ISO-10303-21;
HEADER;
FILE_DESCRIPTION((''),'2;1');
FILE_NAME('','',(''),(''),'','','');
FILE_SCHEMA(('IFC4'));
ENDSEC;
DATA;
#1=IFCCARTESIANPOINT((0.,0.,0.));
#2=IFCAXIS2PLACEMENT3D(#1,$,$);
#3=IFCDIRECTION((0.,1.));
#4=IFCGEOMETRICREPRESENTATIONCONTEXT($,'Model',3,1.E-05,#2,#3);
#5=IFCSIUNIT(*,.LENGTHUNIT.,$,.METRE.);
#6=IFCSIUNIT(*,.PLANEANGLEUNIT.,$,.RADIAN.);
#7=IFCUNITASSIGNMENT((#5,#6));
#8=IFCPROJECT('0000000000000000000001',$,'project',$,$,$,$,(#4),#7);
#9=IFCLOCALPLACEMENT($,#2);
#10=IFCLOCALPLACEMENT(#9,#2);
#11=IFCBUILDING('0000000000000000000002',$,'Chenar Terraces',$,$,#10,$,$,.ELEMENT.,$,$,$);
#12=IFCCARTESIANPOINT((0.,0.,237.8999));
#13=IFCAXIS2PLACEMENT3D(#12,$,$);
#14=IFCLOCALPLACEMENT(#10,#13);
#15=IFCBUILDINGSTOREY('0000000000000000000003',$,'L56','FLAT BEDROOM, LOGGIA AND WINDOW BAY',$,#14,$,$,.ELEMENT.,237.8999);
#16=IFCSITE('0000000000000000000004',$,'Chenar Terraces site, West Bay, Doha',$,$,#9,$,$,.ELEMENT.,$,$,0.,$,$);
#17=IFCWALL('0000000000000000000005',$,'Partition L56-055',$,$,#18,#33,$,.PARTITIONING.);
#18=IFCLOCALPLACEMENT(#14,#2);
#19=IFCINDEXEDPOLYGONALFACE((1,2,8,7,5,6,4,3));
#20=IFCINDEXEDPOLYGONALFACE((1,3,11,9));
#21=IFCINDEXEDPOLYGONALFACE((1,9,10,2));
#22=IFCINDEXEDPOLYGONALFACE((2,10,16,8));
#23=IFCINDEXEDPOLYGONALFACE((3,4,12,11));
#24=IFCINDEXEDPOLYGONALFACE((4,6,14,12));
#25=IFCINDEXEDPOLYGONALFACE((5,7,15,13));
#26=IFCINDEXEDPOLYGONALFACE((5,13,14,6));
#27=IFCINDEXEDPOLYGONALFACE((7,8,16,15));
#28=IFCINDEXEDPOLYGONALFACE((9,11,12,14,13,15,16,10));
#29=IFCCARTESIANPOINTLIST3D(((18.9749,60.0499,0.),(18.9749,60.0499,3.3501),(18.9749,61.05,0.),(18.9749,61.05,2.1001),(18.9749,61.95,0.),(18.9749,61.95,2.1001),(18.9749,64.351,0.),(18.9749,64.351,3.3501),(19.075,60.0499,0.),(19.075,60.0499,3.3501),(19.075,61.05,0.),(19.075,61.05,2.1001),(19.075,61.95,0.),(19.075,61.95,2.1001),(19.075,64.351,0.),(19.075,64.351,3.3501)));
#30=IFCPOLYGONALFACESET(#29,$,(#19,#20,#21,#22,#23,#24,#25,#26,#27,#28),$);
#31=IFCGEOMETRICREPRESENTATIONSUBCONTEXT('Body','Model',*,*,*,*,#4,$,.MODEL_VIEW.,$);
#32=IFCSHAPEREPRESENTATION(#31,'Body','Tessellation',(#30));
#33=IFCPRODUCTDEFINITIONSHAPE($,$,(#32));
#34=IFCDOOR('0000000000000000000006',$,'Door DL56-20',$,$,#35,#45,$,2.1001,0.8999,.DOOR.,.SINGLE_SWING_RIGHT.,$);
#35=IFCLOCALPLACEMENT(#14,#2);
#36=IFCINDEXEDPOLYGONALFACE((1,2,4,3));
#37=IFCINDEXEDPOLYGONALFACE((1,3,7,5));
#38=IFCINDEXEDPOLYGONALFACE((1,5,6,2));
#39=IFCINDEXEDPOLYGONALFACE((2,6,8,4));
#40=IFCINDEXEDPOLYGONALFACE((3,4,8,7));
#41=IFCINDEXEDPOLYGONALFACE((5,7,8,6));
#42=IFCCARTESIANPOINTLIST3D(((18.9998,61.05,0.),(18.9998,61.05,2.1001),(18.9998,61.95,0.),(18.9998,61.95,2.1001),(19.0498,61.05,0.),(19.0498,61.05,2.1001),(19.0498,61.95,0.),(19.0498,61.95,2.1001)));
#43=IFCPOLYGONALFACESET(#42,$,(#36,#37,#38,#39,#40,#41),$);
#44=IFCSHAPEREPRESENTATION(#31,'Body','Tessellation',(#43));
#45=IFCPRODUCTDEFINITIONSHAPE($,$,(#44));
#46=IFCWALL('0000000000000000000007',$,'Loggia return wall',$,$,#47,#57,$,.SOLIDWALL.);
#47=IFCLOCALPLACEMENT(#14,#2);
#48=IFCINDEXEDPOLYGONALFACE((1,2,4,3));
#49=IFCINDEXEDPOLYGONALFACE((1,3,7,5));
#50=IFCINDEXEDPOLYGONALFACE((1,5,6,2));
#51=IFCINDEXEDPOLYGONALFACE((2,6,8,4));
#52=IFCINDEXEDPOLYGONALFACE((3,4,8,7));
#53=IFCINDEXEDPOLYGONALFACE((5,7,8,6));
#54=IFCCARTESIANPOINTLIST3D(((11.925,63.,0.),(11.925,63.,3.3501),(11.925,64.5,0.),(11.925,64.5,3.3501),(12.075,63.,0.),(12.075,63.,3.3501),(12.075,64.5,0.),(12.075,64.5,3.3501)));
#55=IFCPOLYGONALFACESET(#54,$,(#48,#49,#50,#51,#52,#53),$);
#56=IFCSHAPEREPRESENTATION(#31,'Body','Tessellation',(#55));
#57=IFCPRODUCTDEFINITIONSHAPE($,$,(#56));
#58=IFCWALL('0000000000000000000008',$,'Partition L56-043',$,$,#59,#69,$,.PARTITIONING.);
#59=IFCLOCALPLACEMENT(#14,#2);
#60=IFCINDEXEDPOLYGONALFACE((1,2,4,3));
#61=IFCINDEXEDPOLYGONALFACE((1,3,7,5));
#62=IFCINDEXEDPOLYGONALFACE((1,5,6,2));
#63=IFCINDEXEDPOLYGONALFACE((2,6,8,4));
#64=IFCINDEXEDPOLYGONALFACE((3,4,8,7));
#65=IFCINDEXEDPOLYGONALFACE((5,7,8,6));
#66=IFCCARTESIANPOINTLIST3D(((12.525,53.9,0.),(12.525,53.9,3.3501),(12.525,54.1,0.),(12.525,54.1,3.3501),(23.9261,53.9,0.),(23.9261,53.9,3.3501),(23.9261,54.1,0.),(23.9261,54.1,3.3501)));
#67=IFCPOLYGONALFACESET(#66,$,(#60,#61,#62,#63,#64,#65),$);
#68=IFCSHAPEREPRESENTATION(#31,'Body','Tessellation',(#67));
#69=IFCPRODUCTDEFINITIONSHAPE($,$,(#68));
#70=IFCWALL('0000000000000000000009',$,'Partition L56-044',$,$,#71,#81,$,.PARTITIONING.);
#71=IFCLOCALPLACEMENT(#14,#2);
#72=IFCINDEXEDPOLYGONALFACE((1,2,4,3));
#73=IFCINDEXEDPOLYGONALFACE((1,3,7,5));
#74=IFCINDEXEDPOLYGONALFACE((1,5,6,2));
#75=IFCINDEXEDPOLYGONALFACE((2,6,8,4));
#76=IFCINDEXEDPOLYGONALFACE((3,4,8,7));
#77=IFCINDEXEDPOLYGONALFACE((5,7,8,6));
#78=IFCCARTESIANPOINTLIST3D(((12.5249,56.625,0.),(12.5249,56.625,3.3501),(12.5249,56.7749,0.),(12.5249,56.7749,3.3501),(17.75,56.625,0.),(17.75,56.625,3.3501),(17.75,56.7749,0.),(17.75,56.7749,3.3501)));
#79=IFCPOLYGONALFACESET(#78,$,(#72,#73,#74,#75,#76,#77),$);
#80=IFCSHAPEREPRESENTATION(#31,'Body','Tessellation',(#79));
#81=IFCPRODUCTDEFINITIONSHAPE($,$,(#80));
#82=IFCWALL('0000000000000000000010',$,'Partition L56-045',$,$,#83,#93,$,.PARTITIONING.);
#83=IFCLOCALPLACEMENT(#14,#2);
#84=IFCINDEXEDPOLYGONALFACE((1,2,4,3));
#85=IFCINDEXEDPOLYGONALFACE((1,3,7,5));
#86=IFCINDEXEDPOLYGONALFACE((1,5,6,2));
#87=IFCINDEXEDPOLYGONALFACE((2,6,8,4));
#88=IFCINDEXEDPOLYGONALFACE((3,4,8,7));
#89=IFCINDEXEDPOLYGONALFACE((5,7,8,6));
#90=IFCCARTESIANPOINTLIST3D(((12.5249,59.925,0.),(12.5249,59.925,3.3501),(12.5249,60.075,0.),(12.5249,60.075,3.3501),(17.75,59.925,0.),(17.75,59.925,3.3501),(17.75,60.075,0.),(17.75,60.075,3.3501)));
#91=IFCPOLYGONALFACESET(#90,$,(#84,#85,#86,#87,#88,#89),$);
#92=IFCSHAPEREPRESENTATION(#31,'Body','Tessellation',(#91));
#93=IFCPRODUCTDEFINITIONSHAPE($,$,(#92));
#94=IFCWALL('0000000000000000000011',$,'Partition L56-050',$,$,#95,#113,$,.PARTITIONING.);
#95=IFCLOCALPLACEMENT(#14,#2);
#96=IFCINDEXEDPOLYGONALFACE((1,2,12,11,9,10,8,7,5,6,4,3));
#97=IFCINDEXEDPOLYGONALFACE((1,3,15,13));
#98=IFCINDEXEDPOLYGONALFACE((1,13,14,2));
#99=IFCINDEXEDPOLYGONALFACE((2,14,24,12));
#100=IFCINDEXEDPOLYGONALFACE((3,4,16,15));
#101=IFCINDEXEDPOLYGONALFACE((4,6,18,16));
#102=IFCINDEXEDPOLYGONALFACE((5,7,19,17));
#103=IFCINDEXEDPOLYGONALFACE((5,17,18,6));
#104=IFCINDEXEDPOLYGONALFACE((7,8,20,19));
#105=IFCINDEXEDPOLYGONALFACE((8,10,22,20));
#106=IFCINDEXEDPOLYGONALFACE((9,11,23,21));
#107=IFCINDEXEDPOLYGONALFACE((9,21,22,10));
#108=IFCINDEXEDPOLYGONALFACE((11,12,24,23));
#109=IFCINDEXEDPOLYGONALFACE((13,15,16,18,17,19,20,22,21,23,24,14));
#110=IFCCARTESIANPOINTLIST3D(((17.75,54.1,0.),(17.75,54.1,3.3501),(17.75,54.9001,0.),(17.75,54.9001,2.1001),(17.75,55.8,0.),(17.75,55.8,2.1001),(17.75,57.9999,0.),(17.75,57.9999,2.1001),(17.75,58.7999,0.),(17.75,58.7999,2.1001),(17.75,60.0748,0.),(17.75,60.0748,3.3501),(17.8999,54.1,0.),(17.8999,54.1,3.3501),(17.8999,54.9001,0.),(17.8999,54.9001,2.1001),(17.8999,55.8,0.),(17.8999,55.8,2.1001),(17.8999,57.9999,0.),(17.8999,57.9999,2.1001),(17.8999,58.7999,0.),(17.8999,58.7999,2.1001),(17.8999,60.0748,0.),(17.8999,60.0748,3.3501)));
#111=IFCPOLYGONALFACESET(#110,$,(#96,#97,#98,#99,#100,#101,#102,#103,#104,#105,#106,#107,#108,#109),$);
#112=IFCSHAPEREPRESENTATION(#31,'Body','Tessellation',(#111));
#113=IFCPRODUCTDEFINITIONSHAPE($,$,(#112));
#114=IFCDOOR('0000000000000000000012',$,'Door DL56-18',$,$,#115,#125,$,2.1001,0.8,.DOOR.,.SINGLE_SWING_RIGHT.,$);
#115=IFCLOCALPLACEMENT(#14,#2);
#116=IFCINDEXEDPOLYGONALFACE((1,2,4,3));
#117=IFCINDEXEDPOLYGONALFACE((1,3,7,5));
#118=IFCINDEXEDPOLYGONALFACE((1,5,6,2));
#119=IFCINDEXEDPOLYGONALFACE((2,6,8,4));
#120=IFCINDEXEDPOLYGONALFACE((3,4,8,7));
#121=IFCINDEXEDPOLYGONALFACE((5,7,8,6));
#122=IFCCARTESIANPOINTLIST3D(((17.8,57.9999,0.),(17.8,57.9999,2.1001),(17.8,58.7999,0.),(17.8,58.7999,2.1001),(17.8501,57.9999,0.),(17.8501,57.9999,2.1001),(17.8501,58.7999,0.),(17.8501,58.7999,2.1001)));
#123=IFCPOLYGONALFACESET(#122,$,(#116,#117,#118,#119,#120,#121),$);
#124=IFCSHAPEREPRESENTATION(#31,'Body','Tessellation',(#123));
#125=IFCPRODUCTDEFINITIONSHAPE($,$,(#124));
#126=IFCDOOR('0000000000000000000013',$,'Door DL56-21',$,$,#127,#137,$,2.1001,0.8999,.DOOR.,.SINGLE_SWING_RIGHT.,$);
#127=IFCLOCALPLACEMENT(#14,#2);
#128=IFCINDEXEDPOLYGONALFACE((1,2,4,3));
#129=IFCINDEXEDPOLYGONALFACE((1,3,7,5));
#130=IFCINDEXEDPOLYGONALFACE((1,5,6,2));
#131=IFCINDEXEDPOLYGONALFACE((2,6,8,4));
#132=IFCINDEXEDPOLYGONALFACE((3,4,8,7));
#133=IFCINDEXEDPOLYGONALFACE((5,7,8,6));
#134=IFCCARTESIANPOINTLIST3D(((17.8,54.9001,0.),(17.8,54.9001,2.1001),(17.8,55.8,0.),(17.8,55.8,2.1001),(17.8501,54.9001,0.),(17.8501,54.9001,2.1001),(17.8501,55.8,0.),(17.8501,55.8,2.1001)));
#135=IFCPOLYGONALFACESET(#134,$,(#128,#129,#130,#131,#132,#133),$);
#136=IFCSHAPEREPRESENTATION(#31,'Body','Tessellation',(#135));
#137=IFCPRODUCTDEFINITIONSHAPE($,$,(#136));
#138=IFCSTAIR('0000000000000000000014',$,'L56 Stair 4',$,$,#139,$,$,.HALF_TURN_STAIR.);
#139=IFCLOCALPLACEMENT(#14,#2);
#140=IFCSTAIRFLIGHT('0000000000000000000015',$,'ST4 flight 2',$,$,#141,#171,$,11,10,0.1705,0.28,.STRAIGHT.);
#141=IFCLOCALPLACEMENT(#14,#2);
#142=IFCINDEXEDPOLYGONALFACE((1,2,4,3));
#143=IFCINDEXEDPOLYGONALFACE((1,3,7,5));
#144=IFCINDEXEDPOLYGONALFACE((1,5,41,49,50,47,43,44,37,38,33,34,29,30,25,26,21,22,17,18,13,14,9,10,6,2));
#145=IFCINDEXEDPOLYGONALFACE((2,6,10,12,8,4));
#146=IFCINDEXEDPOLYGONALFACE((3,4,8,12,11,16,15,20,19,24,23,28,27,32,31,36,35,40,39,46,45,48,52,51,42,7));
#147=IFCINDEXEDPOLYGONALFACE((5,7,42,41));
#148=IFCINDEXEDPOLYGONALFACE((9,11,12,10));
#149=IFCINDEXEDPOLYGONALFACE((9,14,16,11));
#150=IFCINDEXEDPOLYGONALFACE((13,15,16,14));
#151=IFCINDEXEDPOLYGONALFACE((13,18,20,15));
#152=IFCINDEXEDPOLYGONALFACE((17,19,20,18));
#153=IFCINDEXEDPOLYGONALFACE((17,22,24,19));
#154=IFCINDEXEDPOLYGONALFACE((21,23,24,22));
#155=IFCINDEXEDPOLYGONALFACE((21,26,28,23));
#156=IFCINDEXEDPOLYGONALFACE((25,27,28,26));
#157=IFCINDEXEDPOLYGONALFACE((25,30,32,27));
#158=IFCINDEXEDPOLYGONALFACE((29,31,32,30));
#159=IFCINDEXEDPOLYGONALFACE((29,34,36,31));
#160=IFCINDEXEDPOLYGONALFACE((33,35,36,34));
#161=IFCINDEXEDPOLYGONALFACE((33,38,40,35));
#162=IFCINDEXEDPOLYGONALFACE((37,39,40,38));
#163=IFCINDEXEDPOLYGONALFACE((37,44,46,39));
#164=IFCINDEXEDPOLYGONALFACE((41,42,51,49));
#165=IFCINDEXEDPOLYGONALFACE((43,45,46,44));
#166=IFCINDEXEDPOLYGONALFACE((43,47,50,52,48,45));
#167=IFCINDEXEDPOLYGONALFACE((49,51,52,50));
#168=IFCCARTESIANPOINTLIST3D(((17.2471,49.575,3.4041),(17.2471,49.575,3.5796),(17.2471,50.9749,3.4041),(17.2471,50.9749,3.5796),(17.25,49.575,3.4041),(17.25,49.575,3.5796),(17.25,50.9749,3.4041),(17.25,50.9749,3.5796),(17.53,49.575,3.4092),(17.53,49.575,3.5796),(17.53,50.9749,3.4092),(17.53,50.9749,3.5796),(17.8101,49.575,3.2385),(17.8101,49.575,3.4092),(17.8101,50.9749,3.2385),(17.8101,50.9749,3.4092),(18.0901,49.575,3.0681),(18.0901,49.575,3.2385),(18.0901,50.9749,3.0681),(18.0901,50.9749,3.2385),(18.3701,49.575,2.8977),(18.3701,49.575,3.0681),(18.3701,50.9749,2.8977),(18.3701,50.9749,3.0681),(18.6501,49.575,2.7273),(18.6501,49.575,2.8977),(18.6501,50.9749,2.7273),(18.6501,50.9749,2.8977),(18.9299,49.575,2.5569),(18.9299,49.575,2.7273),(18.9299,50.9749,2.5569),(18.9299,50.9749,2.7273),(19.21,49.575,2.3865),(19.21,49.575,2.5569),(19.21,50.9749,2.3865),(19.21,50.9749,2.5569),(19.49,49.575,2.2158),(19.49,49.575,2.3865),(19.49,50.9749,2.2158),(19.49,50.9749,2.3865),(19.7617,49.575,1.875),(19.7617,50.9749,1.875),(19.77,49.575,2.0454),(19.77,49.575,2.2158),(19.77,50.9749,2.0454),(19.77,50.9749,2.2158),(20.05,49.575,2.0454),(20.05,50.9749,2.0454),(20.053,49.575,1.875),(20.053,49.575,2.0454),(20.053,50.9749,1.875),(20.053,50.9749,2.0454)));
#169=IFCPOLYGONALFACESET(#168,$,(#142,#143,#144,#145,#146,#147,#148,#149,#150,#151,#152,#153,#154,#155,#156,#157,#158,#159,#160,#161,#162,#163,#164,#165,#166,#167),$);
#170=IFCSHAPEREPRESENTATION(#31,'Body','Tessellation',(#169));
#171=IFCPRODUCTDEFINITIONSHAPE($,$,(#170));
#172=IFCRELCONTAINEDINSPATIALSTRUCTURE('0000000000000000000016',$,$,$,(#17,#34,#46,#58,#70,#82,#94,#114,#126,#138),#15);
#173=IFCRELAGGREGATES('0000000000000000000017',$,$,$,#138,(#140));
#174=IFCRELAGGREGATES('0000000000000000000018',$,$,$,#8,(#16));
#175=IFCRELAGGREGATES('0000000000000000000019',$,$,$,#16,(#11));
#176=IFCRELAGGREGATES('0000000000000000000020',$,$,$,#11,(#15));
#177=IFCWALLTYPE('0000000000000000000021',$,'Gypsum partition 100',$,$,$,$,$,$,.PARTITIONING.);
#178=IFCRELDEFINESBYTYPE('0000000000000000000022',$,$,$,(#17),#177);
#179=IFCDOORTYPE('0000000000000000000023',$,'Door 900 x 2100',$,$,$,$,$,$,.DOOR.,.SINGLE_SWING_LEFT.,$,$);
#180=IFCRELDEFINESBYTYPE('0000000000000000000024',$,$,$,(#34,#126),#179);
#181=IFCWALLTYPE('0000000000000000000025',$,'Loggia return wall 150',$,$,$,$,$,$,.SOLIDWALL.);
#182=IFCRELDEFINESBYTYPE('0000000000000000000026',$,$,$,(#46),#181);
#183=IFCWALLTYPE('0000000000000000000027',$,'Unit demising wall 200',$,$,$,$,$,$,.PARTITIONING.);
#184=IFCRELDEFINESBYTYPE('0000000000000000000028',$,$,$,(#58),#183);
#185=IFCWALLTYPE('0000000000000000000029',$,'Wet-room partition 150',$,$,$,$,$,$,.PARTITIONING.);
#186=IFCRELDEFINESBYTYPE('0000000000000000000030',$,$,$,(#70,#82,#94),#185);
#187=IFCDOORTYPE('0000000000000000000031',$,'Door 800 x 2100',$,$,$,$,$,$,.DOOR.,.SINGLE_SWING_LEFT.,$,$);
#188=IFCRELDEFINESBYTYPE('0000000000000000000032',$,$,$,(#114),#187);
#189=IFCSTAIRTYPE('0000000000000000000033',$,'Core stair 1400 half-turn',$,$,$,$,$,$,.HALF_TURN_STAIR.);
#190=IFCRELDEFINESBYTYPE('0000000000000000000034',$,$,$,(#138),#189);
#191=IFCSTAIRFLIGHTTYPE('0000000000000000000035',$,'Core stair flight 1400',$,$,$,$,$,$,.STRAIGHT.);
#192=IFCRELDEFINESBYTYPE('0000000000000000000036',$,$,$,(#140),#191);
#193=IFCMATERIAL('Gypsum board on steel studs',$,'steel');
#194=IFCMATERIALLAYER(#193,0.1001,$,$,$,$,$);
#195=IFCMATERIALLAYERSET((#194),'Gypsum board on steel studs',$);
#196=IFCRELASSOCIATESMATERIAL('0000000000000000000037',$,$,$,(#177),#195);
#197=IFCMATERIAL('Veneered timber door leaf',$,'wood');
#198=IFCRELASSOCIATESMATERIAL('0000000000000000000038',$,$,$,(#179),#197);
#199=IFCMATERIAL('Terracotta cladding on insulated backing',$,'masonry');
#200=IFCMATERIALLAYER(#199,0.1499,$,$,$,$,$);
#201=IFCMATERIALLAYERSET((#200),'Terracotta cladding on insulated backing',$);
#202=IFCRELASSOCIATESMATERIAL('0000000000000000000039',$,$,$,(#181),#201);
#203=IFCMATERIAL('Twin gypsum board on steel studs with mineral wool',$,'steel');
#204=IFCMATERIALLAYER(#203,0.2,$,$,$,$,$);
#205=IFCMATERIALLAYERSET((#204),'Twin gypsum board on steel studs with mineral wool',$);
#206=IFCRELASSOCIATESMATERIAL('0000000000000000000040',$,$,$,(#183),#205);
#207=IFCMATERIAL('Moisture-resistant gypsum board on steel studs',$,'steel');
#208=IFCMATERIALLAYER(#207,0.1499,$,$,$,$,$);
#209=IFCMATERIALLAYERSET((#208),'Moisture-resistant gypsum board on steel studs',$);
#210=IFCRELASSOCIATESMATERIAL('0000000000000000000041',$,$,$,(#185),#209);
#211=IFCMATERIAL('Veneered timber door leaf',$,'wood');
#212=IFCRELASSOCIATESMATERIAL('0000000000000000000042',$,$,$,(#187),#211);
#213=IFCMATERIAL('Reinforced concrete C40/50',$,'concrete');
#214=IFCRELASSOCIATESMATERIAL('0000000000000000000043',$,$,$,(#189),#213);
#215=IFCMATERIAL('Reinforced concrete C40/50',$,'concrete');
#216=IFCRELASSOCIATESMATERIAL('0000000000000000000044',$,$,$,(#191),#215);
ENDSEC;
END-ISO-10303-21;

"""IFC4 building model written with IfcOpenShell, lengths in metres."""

from ifc_helpers import new_model, si_unit, direction, frame, frame_2d, origin, place, context, subcontext, project, spatial, polyline, rectangle, outline, extrude, material, layer, layer_set, type_object, element, fill, aggregate, save


model = new_model("IFC4")

# Units and contexts
model_context = context("Model", 3, precision=1e-05, world=origin(), true_north=direction((0.0, 1.0)))
body_context = subcontext(model_context, "Body", "Model", "MODEL_VIEW")
ifc_project = project(units=[si_unit("LENGTHUNIT", "METRE"), si_unit("PLANEANGLEUNIT", "RADIAN")], contexts=[model_context])

# Site, building, storey
site_placement = place(None, origin())
site = spatial("IfcSite", under=ifc_project, at=site_placement, Name="Chenar Terraces site, West Bay, Doha", CompositionType="ELEMENT", RefElevation=0.0)
building_placement = place(site_placement, origin())
building = spatial("IfcBuilding", under=site, at=building_placement, Name="Chenar Terraces", CompositionType="ELEMENT")
storey_placement = place(building_placement, frame((0.0, 0.0, 237.8999)))
storey = spatial("IfcBuildingStorey", under=building, at=storey_placement, Name="L56", Description="FLAT BEDROOM, LOGGIA AND WINDOW BAY", CompositionType="ELEMENT", Elevation=237.8999)

# Shared definitions
ifc_material_1 = material(Name="Gypsum board on steel studs", Category="steel")
ifc_layer_1 = layer(ifc_material_1, 0.1001)
ifc_layer_set_1 = layer_set([ifc_layer_1], Name="Gypsum board on steel studs")
wall_type_1 = type_object("IfcWallType", Name="Gypsum partition 100", PredefinedType="PARTITIONING", material=ifc_layer_set_1)

# Wall, opening, door
ifc_material_2 = material(Name="Veneered timber door leaf", Category="wood")
door_type_1 = type_object("IfcDoorType", Name="Door 900 x 2100", OperationType="SINGLE_SWING_LEFT", PredefinedType="DOOR", material=ifc_material_2)
wall_1_placement = place(storey_placement, frame((19.0249, 60.05, 0.0), z_axis=(0.0, 0.0, 1.0), x_axis=(0.0, 1.0, 0.0)))
wall_1 = element("IfcWall", 1, at=wall_1_placement, inside=storey, type_object=wall_type_1, Name="Partition L56-055", PredefinedType="PARTITIONING", context=body_context, shape_type="SweptSolid", body=[
    extrude(rectangle(XDim=4.301, YDim=0.1001, at=frame_2d((2.1504, 0.0))), origin(), (0.0, 0.0, 1.0), 3.3501),
])
opening_1_placement = place(wall_1_placement, frame((1.0, 0.0, 0.0)))
opening_1 = element("IfcOpeningElement", 2, at=opening_1_placement, cuts=wall_1, PredefinedType="OPENING", context=body_context, shape_type="SweptSolid", body=[
    extrude(rectangle(XDim=0.8999, YDim=2.1001, at=frame_2d((0.45, 1.05))), frame((0.0, 0.0601, 0.0), z_axis=(0.0, -1.0, 0.0), x_axis=(1.0, 0.0, 0.0)), (0.0, 0.0, 1.0), 0.1201),
])
door_1_placement = place(opening_1_placement, frame((0.8999, 0.0, 0.0), z_axis=(0.0, 0.0, 1.0), x_axis=(-1.0, 0.0, 0.0)))
door_1 = element("IfcDoor", 3, at=door_1_placement, inside=storey, type_object=door_type_1, Name="Door DL56-20", OperationType="SINGLE_SWING_RIGHT", OverallHeight=2.1001, OverallWidth=0.8999, PredefinedType="DOOR", context=body_context, shape_type="SweptSolid", body=[
    extrude(rectangle(XDim=0.8999, YDim=2.1001, at=frame_2d((0.45, 1.05))), frame((0.0, 0.0249, 0.0), z_axis=(0.0, -1.0, 0.0), x_axis=(1.0, 0.0, 0.0)), (0.0, 0.0, 1.0), 0.05),
])
fill(opening_1, door_1)

# Walls
ifc_material_3 = material(Name="Terracotta cladding on insulated backing", Category="masonry")
ifc_layer_2 = layer(ifc_material_3, 0.1499)
ifc_layer_set_2 = layer_set([ifc_layer_2], Name="Terracotta cladding on insulated backing")
wall_type_2 = type_object("IfcWallType", Name="Loggia return wall 150", PredefinedType="SOLIDWALL", material=ifc_layer_set_2)
wall_2_placement = place(storey_placement, frame((12.0, 64.5, 0.0), z_axis=(0.0, 0.0, 1.0), x_axis=(0.0, -1.0, 0.0)))
element("IfcWall", 4, at=wall_2_placement, inside=storey, type_object=wall_type_2, Name="Loggia return wall", PredefinedType="SOLIDWALL", context=body_context, shape_type="SweptSolid", body=[
    extrude(rectangle(XDim=1.5, YDim=0.1499, at=frame_2d((0.75, 0.0))), origin(), (0.0, 0.0, 1.0), 3.3501),
])
ifc_material_4 = material(Name="Twin gypsum board on steel studs with mineral wool", Category="steel")
ifc_layer_3 = layer(ifc_material_4, 0.2)
ifc_layer_set_3 = layer_set([ifc_layer_3], Name="Twin gypsum board on steel studs with mineral wool")
wall_type_3 = type_object("IfcWallType", Name="Unit demising wall 200", PredefinedType="PARTITIONING", material=ifc_layer_set_3)
wall_3_placement = place(storey_placement, frame((12.5249, 54.0, 0.0), z_axis=(0.0, 0.0, 1.0), x_axis=(1.0, 0.0, 0.0)))
element("IfcWall", 5, at=wall_3_placement, inside=storey, type_object=wall_type_3, Name="Partition L56-043", PredefinedType="PARTITIONING", context=body_context, shape_type="SweptSolid", body=[
    extrude(rectangle(XDim=11.4011, YDim=0.2, at=frame_2d((5.7007, 0.0))), origin(), (0.0, 0.0, 1.0), 3.3501),
])
ifc_material_5 = material(Name="Moisture-resistant gypsum board on steel studs", Category="steel")
ifc_layer_4 = layer(ifc_material_5, 0.1499)
ifc_layer_set_4 = layer_set([ifc_layer_4], Name="Moisture-resistant gypsum board on steel studs")
wall_type_4 = type_object("IfcWallType", Name="Wet-room partition 150", PredefinedType="PARTITIONING", material=ifc_layer_set_4)
for number, where, z_axis, x_axis, name in (
    (6, (12.5249, 56.7, 0.0), (0.0, 0.0, 1.0), (1.0, 0.0, 0.0), "Partition L56-044"),
    (7, (12.5249, 60.0, 0.0), (0.0, 0.0, 1.0), (1.0, 0.0, 0.0), "Partition L56-045"),
):
    element("IfcWall", number, at=place(storey_placement, frame(where, z_axis=z_axis, x_axis=x_axis)), inside=storey, type_object=wall_type_4, Name=name, PredefinedType="PARTITIONING", context=body_context, shape_type="SweptSolid", body=[
        extrude(rectangle(XDim=5.2251, YDim=0.1499, at=frame_2d((2.6125, 0.0))), origin(), (0.0, 0.0, 1.0), 3.3501),
    ])

# Wall, openings, doors
wall_4_placement = place(storey_placement, frame((17.825, 54.1001, 0.0), z_axis=(0.0, 0.0, 1.0), x_axis=(0.0, 1.0, 0.0)))
wall_4 = element("IfcWall", 8, at=wall_4_placement, inside=storey, type_object=wall_type_4, Name="Partition L56-050", PredefinedType="PARTITIONING", context=body_context, shape_type="SweptSolid", body=[
    extrude(rectangle(XDim=5.9749, YDim=0.1499, at=frame_2d((2.9873, 0.0))), origin(), (0.0, 0.0, 1.0), 3.3501),
])
opening_2_placement = place(wall_4_placement, frame((3.8999, 0.0, 0.0)))
opening_2 = element("IfcOpeningElement", 9, at=opening_2_placement, cuts=wall_4, PredefinedType="OPENING", context=body_context, shape_type="SweptSolid", body=[
    extrude(rectangle(XDim=0.8, YDim=2.1001, at=frame_2d((0.3999, 1.05))), frame((0.0, 0.085, 0.0), z_axis=(0.0, -1.0, 0.0), x_axis=(1.0, 0.0, 0.0)), (0.0, 0.0, 1.0), 0.1699),
])
opening_3_placement = place(wall_4_placement, frame((0.8, 0.0, 0.0)))
opening_3 = element("IfcOpeningElement", 10, at=opening_3_placement, cuts=wall_4, PredefinedType="OPENING", context=body_context, shape_type="SweptSolid", body=[
    extrude(rectangle(XDim=0.8999, YDim=2.1001, at=frame_2d((0.45, 1.05))), frame((0.0, 0.085, 0.0), z_axis=(0.0, -1.0, 0.0), x_axis=(1.0, 0.0, 0.0)), (0.0, 0.0, 1.0), 0.1699),
])
ifc_material_6 = material(Name="Veneered timber door leaf", Category="wood")
door_type_2 = type_object("IfcDoorType", Name="Door 800 x 2100", OperationType="SINGLE_SWING_LEFT", PredefinedType="DOOR", material=ifc_material_6)
door_2_placement = place(opening_2_placement, origin())
door_2 = element("IfcDoor", 11, at=door_2_placement, inside=storey, type_object=door_type_2, Name="Door DL56-18", OperationType="SINGLE_SWING_RIGHT", OverallHeight=2.1001, OverallWidth=0.8, PredefinedType="DOOR", context=body_context, shape_type="SweptSolid", body=[
    extrude(rectangle(XDim=0.8, YDim=2.1001, at=frame_2d((0.3999, 1.05))), frame((0.0, 0.0249, 0.0), z_axis=(0.0, -1.0, 0.0), x_axis=(1.0, 0.0, 0.0)), (0.0, 0.0, 1.0), 0.05),
])
fill(opening_2, door_2)
door_3_placement = place(opening_3_placement, origin())
door_3 = element("IfcDoor", 12, at=door_3_placement, inside=storey, type_object=door_type_1, Name="Door DL56-21", OperationType="SINGLE_SWING_RIGHT", OverallHeight=2.1001, OverallWidth=0.8999, PredefinedType="DOOR", context=body_context, shape_type="SweptSolid", body=[
    extrude(rectangle(XDim=0.8999, YDim=2.1001, at=frame_2d((0.45, 1.05))), frame((0.0, 0.0249, 0.0), z_axis=(0.0, -1.0, 0.0), x_axis=(1.0, 0.0, 0.0)), (0.0, 0.0, 1.0), 0.05),
])
fill(opening_3, door_3)

# Stair, stair flight
ifc_material_7 = material(Name="Reinforced concrete C40/50", Category="concrete")
stair_type = type_object("IfcStairType", Name="Core stair 1400 half-turn", PredefinedType="HALF_TURN_STAIR", material=ifc_material_7)
stair_placement = place(storey_placement, origin())
stair = element("IfcStair", 13, at=stair_placement, inside=storey, type_object=stair_type, Name="L56 Stair 4", PredefinedType="HALF_TURN_STAIR")
ifc_material_8 = material(Name="Reinforced concrete C40/50", Category="concrete")
stair_flight_type = type_object("IfcStairFlightType", Name="Core stair flight 1400", PredefinedType="STRAIGHT", material=ifc_material_8)
stair_flight_placement = place(storey_placement, frame((20.05, 50.2749, 1.875), z_axis=(0.0, 0.0, 1.0), x_axis=(-1.0, 0.0, 0.0)))
stair_flight = element("IfcStairFlight", 14, at=stair_flight_placement, type_object=stair_flight_type, Name="ST4 flight 2", NumberOfRisers=11, NumberOfTreads=10, PredefinedType="STRAIGHT", RiserHeight=0.1705, TreadLength=0.28, context=body_context, shape_type="SweptSolid", body=[
    extrude(outline(polyline([(-0.0029, 0.0), (-0.0029, 0.1704), (0.0, 0.1704), (0.28, 0.1704), (0.28, 0.3408), (0.5601, 0.3408), (0.5601, 0.5115), (0.8401, 0.5115), (0.8401, 0.6819), (1.1201, 0.6819), (1.1201, 0.8523), (1.3999, 0.8523), (1.3999, 1.0227), (1.6799, 1.0227), (1.6799, 1.1931), (1.96, 1.1931), (1.96, 1.3635), (2.24, 1.3635), (2.24, 1.5342), (2.52, 1.5342), (2.52, 1.7046), (2.8, 1.7046), (2.803, 1.7046), (2.803, 1.5291), (2.8, 1.5291), (0.2883, 0.0), (-0.0029, 0.0)])), frame((0.0, 0.7, 0.0), z_axis=(0.0, -1.0, 0.0), x_axis=(1.0, 0.0, 0.0)), (0.0, 0.0, 1.0), 1.3999),
])
aggregate(stair, [stair_flight])

save(model, "model.ifc")
